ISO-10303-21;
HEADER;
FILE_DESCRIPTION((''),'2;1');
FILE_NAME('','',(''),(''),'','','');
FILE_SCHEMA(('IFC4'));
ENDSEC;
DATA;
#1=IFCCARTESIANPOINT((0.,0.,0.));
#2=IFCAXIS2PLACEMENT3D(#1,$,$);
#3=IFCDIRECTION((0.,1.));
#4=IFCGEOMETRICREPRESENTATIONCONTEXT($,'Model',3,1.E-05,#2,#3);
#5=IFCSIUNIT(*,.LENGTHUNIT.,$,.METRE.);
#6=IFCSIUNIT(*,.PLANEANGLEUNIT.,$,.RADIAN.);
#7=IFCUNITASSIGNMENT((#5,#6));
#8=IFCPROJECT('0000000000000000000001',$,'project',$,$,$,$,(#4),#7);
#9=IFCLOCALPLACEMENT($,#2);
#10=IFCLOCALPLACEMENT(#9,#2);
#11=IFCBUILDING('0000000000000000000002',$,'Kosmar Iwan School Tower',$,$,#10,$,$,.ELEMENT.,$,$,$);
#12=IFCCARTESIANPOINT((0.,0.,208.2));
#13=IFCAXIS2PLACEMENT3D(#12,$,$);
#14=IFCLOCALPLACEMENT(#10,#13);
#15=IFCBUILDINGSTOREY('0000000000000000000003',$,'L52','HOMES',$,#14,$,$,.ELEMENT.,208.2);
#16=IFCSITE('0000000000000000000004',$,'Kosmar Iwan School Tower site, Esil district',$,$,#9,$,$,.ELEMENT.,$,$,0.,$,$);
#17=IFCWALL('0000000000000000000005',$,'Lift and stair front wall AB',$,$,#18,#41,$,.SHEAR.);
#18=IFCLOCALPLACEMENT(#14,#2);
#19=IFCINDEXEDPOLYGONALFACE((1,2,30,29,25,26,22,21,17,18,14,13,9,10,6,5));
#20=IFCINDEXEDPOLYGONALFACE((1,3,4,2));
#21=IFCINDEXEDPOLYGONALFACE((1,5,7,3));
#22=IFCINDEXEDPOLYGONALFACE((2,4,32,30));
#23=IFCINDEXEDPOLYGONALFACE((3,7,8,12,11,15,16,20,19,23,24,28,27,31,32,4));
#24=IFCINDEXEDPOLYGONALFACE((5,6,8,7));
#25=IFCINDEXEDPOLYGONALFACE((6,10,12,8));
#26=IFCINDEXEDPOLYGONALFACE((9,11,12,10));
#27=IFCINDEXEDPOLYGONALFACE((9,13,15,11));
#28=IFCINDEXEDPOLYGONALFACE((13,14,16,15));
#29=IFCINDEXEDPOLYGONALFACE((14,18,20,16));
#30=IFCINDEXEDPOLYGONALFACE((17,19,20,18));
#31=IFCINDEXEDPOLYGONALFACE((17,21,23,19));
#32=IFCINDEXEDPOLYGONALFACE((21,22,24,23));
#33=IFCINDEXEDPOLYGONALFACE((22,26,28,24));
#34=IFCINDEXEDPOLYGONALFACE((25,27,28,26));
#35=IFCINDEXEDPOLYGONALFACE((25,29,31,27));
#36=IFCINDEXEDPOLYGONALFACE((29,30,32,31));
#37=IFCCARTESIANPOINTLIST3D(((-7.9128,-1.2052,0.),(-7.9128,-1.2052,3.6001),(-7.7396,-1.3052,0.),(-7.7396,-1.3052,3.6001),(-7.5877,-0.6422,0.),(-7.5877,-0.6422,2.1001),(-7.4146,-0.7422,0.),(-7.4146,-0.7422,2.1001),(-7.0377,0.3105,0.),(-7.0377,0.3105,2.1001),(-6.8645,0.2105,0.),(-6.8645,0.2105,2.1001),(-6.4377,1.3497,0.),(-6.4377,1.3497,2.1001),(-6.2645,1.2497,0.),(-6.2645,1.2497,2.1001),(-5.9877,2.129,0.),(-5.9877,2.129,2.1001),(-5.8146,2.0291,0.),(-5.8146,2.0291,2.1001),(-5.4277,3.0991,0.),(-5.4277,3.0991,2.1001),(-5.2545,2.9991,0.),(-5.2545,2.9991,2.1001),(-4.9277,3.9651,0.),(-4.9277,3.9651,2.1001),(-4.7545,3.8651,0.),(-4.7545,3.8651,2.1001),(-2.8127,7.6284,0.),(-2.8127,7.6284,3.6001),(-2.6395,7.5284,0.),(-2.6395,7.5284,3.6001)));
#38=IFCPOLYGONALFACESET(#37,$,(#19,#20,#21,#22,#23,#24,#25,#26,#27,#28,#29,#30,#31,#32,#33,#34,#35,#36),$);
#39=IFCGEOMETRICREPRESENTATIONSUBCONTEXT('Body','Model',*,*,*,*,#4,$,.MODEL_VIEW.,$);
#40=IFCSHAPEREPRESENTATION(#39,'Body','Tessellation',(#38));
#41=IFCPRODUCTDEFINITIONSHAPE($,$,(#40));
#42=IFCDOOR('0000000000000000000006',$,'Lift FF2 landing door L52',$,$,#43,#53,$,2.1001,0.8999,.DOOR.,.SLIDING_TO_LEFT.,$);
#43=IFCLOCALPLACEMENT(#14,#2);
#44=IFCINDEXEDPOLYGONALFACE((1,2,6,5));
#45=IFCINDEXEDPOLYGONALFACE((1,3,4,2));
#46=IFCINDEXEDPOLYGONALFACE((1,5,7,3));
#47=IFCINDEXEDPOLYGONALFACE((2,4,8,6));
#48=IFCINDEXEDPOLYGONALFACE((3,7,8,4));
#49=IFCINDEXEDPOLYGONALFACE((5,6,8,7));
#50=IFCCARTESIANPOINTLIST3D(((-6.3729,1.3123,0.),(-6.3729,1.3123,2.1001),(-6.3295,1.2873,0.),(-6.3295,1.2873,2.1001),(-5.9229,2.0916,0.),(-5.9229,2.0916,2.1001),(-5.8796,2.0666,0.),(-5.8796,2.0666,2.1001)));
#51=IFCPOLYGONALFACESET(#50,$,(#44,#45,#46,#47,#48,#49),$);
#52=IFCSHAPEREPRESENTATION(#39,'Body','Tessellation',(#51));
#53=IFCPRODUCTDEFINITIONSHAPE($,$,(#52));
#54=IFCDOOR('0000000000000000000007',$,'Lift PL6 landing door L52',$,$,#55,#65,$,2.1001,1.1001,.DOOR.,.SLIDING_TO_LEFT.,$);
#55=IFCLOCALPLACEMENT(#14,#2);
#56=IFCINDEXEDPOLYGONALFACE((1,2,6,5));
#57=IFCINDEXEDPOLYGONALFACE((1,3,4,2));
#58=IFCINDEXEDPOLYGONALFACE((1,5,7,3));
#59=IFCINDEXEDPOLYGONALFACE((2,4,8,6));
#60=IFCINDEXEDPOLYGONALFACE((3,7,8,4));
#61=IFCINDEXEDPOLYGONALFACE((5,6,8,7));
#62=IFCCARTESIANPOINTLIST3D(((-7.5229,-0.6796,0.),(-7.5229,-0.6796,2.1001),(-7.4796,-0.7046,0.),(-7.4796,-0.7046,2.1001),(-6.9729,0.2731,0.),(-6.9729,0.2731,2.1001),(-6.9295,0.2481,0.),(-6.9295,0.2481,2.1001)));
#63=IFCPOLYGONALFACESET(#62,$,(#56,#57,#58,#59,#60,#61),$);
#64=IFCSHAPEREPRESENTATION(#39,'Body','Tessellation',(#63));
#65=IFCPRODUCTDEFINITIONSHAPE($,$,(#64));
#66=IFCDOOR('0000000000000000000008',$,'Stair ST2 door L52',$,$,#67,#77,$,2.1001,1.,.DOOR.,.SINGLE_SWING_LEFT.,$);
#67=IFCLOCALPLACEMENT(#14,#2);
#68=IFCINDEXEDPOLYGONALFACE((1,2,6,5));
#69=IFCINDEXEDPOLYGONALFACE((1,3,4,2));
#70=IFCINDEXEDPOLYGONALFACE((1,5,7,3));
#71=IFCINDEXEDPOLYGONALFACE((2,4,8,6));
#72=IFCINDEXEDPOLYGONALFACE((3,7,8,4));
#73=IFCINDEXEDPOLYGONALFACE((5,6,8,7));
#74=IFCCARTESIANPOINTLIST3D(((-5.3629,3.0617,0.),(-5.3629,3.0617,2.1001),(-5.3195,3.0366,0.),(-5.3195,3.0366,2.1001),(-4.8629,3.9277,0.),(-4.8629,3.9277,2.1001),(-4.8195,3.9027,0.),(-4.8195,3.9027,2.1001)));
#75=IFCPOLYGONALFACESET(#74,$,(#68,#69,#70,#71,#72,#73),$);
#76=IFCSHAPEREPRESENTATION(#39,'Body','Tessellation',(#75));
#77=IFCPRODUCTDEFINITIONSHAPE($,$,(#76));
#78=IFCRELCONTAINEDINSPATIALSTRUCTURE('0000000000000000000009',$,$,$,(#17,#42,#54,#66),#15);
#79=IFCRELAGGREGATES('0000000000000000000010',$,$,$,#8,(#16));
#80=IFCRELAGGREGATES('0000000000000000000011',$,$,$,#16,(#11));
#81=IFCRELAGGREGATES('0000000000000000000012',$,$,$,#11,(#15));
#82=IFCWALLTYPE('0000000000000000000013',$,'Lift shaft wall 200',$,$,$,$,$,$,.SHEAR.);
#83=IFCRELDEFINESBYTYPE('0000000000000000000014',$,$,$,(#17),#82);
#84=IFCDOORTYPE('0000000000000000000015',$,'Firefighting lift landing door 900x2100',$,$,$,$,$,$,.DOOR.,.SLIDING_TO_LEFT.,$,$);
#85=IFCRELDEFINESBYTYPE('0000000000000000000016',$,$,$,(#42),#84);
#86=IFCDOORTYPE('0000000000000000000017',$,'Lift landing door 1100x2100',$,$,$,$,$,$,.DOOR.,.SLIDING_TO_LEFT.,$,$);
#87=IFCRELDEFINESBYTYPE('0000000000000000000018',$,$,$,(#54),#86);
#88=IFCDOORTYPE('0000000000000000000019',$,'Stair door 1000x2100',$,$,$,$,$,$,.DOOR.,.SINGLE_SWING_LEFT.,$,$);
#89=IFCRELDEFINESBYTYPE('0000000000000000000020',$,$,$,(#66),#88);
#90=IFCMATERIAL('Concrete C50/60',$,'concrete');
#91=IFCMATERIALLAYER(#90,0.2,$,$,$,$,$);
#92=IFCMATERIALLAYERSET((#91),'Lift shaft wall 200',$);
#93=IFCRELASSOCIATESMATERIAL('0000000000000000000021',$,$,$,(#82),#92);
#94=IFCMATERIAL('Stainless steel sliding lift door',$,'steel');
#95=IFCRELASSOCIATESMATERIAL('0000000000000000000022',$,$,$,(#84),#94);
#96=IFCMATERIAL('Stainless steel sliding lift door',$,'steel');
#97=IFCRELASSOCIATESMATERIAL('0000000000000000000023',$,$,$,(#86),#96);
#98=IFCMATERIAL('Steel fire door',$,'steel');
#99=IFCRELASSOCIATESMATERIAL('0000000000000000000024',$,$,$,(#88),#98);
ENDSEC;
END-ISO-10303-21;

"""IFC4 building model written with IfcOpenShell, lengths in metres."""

from ifc_helpers import new_model, si_unit, direction, frame, frame_2d, origin, place, context, subcontext, project, spatial, rectangle, extrude, material, layer, layer_set, type_object, element, fill, save


model = new_model("IFC4")

# Units and contexts
model_context = context("Model", 3, precision=1e-05, world=origin(), true_north=direction((0.0, 1.0)))
body_context = subcontext(model_context, "Body", "Model", "MODEL_VIEW")
ifc_project = project(units=[si_unit("LENGTHUNIT", "METRE"), si_unit("PLANEANGLEUNIT", "RADIAN")], contexts=[model_context])

# Site, building, storey
site_placement = place(None, origin())
site = spatial("IfcSite", under=ifc_project, at=site_placement, Name="Kosmar Iwan School Tower site, Esil district", CompositionType="ELEMENT", RefElevation=0.0)
building_placement = place(site_placement, origin())
building = spatial("IfcBuilding", under=site, at=building_placement, Name="Kosmar Iwan School Tower", CompositionType="ELEMENT")
storey_placement = place(building_placement, frame((0.0, 0.0, 208.2)))
storey = spatial("IfcBuildingStorey", under=building, at=storey_placement, Name="L52", Description="HOMES", CompositionType="ELEMENT", Elevation=208.2)

# Wall, openings, doors
ifc_material_1 = material(Name="Concrete C50/60", Category="concrete")
ifc_layer_1 = layer(ifc_material_1, 0.2)
ifc_layer_set_1 = layer_set([ifc_layer_1], Name="Lift shaft wall 200")
wall_type_1 = type_object("IfcWallType", Name="Lift shaft wall 200", PredefinedType="SHEAR", material=ifc_layer_set_1)
wall_1_placement = place(storey_placement, frame((-2.7261, 7.5784, 0.0), z_axis=(0.0, 0.0, 1.0), x_axis=(-0.500006, -0.866022, 0.0)))
wall_1 = element("IfcWall", 1, at=wall_1_placement, inside=storey, type_object=wall_type_1, Name="Lift and stair front wall AB", PredefinedType="SHEAR", context=body_context, shape_type="SweptSolid", body=[
    extrude(rectangle(XDim=10.2002, YDim=0.2, at=frame_2d((5.1001, 0.0))), origin(), (0.0, 0.0, 1.0), 3.6001),
])
opening_1_placement = place(wall_1_placement, frame((6.3501, 0.0, 0.0)))
opening_1 = element("IfcOpeningElement", 2, at=opening_1_placement, cuts=wall_1, PredefinedType="OPENING", context=body_context, shape_type="SweptSolid", body=[
    extrude(rectangle(XDim=0.8999, YDim=2.1001, at=frame_2d((0.45, 1.05))), frame((0.0, 0.1121, 0.0), z_axis=(0.0, -1.0, 0.0), x_axis=(1.0, 0.0, 0.0)), (0.0, 0.0, 1.0), 0.2239),
])
opening_2_placement = place(wall_1_placement, frame((8.45, 0.0, 0.0)))
opening_2 = element("IfcOpeningElement", 3, at=opening_2_placement, cuts=wall_1, PredefinedType="OPENING", context=body_context, shape_type="SweptSolid", body=[
    extrude(rectangle(XDim=1.1001, YDim=2.1001, at=frame_2d((0.55, 1.05))), frame((0.0, 0.1121, 0.0), z_axis=(0.0, -1.0, 0.0), x_axis=(1.0, 0.0, 0.0)), (0.0, 0.0, 1.0), 0.2239),
])
opening_3_placement = place(wall_1_placement, frame((4.23, 0.0, 0.0)))
opening_3 = element("IfcOpeningElement", 4, at=opening_3_placement, cuts=wall_1, PredefinedType="OPENING", context=body_context, shape_type="SweptSolid", body=[
    extrude(rectangle(XDim=1.0, YDim=2.1001, at=frame_2d((0.5, 1.05))), frame((0.0, 0.1121, 0.0), z_axis=(0.0, -1.0, 0.0), x_axis=(1.0, 0.0, 0.0)), (0.0, 0.0, 1.0), 0.2239),
])
ifc_material_2 = material(Name="Stainless steel sliding lift door", Category="steel")
door_type_1 = type_object("IfcDoorType", Name="Firefighting lift landing door 900x2100", OperationType="SLIDING_TO_LEFT", PredefinedType="DOOR", material=ifc_material_2)
door_1_placement = place(opening_1_placement, origin())
door_1 = element("IfcDoor", 5, at=door_1_placement, inside=storey, type_object=door_type_1, Name="Lift FF2 landing door L52", OperationType="SLIDING_TO_LEFT", OverallHeight=2.1001, OverallWidth=0.8999, PredefinedType="DOOR", context=body_context, shape_type="SweptSolid", body=[
    extrude(rectangle(XDim=0.8999, YDim=2.1001, at=frame_2d((0.45, 1.05))), frame((0.0, 0.0249, 0.0), z_axis=(0.0, -1.0, 0.0), x_axis=(1.0, 0.0, 0.0)), (0.0, 0.0, 1.0), 0.05),
])
fill(opening_1, door_1)
ifc_material_3 = material(Name="Stainless steel sliding lift door", Category="steel")
door_type_2 = type_object("IfcDoorType", Name="Lift landing door 1100x2100", OperationType="SLIDING_TO_LEFT", PredefinedType="DOOR", material=ifc_material_3)
door_2_placement = place(opening_2_placement, origin())
door_2 = element("IfcDoor", 6, at=door_2_placement, inside=storey, type_object=door_type_2, Name="Lift PL6 landing door L52", OperationType="SLIDING_TO_LEFT", OverallHeight=2.1001, OverallWidth=1.1001, PredefinedType="DOOR", context=body_context, shape_type="SweptSolid", body=[
    extrude(rectangle(XDim=1.1001, YDim=2.1001, at=frame_2d((0.55, 1.05))), frame((0.0, 0.0249, 0.0), z_axis=(0.0, -1.0, 0.0), x_axis=(1.0, 0.0, 0.0)), (0.0, 0.0, 1.0), 0.05),
])
fill(opening_2, door_2)
ifc_material_4 = material(Name="Steel fire door", Category="steel")
door_type_3 = type_object("IfcDoorType", Name="Stair door 1000x2100", OperationType="SINGLE_SWING_LEFT", PredefinedType="DOOR", material=ifc_material_4)
door_3_placement = place(opening_3_placement, origin())
door_3 = element("IfcDoor", 7, at=door_3_placement, inside=storey, type_object=door_type_3, Name="Stair ST2 door L52", OperationType="SINGLE_SWING_LEFT", OverallHeight=2.1001, OverallWidth=1.0, PredefinedType="DOOR", context=body_context, shape_type="SweptSolid", body=[
    extrude(rectangle(XDim=1.0, YDim=2.1001, at=frame_2d((0.5, 1.05))), frame((0.0, 0.0249, 0.0), z_axis=(0.0, -1.0, 0.0), x_axis=(1.0, 0.0, 0.0)), (0.0, 0.0, 1.0), 0.05),
])
fill(opening_3, door_3)

save(model, "model.ifc")
